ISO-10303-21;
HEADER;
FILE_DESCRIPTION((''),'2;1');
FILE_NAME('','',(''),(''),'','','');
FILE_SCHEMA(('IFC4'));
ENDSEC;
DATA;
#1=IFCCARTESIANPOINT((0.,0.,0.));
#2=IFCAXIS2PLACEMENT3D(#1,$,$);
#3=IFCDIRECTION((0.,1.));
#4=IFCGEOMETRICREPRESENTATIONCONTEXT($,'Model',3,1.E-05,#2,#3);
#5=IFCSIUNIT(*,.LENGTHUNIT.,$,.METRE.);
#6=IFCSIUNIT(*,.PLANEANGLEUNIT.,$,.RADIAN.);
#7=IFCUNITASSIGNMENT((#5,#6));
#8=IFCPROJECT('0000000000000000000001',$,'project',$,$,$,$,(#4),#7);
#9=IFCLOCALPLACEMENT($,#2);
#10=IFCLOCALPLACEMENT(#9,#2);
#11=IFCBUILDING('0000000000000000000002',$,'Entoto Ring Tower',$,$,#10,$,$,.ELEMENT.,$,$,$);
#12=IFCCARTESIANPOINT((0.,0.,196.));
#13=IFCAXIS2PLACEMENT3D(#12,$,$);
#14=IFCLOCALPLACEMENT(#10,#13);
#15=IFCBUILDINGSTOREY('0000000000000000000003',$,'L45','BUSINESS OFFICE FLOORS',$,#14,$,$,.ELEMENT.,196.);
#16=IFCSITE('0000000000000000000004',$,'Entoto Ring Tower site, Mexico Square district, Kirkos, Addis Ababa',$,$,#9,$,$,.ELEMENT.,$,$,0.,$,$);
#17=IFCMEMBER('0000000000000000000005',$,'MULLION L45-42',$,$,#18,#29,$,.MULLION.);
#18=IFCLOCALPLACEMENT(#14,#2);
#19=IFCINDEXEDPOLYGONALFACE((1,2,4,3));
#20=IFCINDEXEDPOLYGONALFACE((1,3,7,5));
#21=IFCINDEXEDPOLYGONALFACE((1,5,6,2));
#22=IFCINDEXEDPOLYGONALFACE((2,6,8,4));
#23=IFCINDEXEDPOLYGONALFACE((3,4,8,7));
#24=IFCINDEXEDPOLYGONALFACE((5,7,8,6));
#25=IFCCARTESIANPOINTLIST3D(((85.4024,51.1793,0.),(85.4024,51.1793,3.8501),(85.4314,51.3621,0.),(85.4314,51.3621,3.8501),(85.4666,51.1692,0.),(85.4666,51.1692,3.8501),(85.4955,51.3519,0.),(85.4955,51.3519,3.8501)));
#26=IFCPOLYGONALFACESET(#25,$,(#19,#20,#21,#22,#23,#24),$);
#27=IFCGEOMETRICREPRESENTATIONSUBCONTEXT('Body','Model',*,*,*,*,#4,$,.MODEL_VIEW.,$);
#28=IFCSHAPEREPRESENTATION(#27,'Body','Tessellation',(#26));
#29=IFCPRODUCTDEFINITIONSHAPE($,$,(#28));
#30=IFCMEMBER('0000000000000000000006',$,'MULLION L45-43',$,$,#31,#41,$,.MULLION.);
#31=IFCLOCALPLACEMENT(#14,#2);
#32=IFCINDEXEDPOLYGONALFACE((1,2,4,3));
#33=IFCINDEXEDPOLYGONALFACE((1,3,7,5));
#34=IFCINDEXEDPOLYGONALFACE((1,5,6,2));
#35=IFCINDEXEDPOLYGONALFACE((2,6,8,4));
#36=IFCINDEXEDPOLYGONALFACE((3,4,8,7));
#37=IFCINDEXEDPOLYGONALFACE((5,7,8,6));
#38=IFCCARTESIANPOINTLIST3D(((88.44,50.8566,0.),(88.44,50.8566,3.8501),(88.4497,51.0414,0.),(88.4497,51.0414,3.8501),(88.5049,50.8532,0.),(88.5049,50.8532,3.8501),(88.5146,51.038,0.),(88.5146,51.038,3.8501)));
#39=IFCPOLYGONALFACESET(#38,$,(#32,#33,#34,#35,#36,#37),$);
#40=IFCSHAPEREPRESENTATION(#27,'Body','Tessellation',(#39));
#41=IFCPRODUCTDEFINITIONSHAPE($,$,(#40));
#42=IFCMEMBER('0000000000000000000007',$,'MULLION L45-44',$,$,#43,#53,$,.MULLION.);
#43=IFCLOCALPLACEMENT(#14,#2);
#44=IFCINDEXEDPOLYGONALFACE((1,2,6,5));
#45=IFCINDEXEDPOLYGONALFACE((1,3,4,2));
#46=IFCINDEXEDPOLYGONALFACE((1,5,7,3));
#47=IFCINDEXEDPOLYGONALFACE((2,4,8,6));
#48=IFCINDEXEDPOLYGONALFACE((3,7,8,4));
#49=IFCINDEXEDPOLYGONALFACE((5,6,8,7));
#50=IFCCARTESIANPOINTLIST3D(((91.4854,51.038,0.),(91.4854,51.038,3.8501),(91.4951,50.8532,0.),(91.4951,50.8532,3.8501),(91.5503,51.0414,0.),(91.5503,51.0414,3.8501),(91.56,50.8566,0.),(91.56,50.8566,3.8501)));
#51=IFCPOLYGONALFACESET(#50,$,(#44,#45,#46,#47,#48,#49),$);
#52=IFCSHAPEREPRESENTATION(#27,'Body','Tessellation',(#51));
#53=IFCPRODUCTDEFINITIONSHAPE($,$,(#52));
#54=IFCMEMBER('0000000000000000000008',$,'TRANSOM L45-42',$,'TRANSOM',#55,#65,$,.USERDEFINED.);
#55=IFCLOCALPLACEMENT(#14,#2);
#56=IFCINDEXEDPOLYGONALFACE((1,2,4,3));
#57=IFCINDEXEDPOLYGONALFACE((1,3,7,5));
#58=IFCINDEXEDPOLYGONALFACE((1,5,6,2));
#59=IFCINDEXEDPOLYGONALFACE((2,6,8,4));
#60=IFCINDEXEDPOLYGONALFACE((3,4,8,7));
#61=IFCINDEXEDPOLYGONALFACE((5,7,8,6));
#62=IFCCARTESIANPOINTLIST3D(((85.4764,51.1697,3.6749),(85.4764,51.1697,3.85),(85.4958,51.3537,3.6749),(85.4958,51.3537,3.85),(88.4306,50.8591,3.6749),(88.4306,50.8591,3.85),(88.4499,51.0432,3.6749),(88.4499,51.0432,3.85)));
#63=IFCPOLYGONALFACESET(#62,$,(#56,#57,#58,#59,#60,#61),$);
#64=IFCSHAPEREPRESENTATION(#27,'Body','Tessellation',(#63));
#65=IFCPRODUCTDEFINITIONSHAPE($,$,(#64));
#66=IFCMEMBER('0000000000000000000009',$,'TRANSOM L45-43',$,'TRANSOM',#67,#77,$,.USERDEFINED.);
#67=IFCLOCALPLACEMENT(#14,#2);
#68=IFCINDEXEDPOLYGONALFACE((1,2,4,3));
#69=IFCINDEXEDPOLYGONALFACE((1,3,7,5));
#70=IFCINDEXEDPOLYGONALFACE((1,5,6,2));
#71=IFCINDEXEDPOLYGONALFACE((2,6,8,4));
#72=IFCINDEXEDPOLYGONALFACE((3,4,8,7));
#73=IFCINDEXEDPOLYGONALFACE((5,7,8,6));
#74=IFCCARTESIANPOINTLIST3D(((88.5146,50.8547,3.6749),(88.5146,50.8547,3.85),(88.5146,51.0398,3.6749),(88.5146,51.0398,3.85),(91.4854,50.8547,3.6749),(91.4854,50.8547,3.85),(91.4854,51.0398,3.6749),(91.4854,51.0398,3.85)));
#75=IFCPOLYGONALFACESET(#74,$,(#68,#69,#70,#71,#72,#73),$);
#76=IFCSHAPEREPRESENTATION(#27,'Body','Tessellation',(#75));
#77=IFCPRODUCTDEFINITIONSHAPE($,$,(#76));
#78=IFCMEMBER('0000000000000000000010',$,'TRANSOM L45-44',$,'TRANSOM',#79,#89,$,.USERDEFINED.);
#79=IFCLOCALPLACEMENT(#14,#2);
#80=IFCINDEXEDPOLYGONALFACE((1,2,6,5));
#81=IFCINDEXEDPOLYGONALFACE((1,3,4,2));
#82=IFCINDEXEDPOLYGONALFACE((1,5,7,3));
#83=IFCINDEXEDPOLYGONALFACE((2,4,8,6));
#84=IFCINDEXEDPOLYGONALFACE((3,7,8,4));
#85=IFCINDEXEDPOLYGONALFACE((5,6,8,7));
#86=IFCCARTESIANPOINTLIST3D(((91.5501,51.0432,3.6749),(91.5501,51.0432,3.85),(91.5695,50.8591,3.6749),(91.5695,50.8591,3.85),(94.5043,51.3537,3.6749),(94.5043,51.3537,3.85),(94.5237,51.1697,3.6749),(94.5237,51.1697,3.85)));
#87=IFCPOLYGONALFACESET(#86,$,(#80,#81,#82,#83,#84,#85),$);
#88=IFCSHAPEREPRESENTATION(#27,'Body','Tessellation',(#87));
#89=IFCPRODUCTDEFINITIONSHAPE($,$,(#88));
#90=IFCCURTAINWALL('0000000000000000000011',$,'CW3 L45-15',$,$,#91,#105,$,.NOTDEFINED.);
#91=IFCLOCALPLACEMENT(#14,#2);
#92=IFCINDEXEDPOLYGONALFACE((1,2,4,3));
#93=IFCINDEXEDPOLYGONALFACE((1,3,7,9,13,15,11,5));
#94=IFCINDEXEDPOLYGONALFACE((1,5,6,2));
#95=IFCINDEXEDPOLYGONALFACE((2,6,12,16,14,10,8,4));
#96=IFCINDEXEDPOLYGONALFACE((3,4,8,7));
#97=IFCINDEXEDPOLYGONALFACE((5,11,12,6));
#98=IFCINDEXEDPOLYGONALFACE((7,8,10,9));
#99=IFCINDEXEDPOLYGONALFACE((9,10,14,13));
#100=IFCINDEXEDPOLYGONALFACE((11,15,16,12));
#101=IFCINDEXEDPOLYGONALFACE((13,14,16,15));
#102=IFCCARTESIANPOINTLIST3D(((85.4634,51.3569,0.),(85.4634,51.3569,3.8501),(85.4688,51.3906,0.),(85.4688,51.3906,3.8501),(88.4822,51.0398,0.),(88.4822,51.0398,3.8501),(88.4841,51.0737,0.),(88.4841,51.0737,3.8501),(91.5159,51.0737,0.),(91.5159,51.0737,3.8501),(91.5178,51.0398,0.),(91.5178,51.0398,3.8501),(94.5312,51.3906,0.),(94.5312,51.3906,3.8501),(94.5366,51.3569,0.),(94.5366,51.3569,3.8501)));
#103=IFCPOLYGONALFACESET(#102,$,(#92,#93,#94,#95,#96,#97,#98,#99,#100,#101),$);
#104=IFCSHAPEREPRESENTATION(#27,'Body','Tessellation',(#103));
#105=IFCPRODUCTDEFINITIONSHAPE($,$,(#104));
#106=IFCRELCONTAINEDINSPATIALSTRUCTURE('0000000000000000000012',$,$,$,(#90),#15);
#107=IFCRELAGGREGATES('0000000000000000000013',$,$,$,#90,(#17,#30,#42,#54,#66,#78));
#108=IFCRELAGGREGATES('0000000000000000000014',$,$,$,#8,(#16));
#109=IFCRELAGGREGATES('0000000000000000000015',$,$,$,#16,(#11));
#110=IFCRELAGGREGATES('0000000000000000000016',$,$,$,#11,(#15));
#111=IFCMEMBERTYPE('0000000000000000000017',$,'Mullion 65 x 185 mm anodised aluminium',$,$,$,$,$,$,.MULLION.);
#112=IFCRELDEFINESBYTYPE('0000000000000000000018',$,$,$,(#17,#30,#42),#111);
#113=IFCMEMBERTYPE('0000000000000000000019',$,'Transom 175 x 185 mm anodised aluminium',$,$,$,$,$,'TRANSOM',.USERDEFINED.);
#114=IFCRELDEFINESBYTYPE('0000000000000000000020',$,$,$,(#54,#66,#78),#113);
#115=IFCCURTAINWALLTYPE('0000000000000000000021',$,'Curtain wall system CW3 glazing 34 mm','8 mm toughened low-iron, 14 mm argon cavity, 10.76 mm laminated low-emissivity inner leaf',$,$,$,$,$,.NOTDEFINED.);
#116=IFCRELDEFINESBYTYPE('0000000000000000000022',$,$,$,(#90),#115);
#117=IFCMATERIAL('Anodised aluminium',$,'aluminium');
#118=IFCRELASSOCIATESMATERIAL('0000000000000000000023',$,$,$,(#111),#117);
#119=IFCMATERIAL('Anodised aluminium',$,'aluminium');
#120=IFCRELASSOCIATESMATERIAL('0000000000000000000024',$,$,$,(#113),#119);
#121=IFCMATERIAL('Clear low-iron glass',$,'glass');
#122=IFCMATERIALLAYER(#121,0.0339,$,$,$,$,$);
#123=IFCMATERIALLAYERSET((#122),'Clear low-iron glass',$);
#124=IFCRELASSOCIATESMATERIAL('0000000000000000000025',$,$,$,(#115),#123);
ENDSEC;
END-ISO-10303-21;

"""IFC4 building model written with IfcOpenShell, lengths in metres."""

from ifc_helpers import new_model, si_unit, direction, frame, origin, origin_2d, place, context, subcontext, project, spatial, polyline, rectangle, outline, extrude, material, layer, layer_set, material_profile, profile_set, type_object, element, aggregate, save


model = new_model("IFC4")

# Units and contexts
model_context = context("Model", 3, precision=1e-05, world=origin(), true_north=direction((0.0, 1.0)))
body_context = subcontext(model_context, "Body", "Model", "MODEL_VIEW")
ifc_project = project(units=[si_unit("LENGTHUNIT", "METRE"), si_unit("PLANEANGLEUNIT", "RADIAN")], contexts=[model_context])

# Members
ifc_material_1 = material(Name="Anodised aluminium", Category="aluminium")
ifc_material_profile_1 = material_profile(ifc_material_1, rectangle(XDim=0.0649, YDim=0.1851, at=origin_2d()), Name="Mullion 65 x 185 mm anodised aluminium")
ifc_profile_set_1 = profile_set([ifc_material_profile_1], Name="Anodised aluminium")
member_type_1 = type_object("IfcMemberType", Name="Mullion 65 x 185 mm anodised aluminium", PredefinedType="MULLION", material=ifc_profile_set_1)
site_placement = place(None, origin())
building_placement = place(site_placement, origin())
storey_placement = place(building_placement, frame((0.0, 0.0, 196.0)))
member_1_placement = place(storey_placement, frame((85.449, 51.2656, 0.0), z_axis=(0.0, 0.0, 1.0), x_axis=(0.987688, -0.156434, 0.0)))
member_1 = element("IfcMember", 1, at=member_1_placement, type_object=member_type_1, Name="MULLION L45-42", PredefinedType="MULLION", context=body_context, shape_type="SweptSolid", body=[
    extrude(rectangle(XDim=0.0649, YDim=0.1851, at=origin_2d()), origin(), (0.0, 0.0, 1.0), 3.8501),
])
member_2_placement = place(storey_placement, frame((88.4773, 50.9473, 0.0), z_axis=(0.0, 0.0, 1.0), x_axis=(0.99863, -0.052336, 0.0)))
member_2 = element("IfcMember", 2, at=member_2_placement, type_object=member_type_1, Name="MULLION L45-43", PredefinedType="MULLION", context=body_context, shape_type="SweptSolid", body=[
    extrude(rectangle(XDim=0.0649, YDim=0.1851, at=origin_2d()), origin(), (0.0, 0.0, 1.0), 3.8501),
])
member_3_placement = place(storey_placement, frame((91.5227, 50.9473, 0.0), z_axis=(0.0, 0.0, 1.0), x_axis=(0.99863, 0.052336, 0.0)))
member_3 = element("IfcMember", 3, at=member_3_placement, type_object=member_type_1, Name="MULLION L45-44", PredefinedType="MULLION", context=body_context, shape_type="SweptSolid", body=[
    extrude(rectangle(XDim=0.0649, YDim=0.1851, at=origin_2d()), origin(), (0.0, 0.0, 1.0), 3.8501),
])
ifc_material_2 = material(Name="Anodised aluminium", Category="aluminium")
ifc_material_profile_2 = material_profile(ifc_material_2, rectangle(XDim=0.1851, YDim=0.175, at=origin_2d()), Name="Transom 175 x 185 mm anodised aluminium")
ifc_profile_set_2 = profile_set([ifc_material_profile_2], Name="Anodised aluminium")
member_type_2 = type_object("IfcMemberType", Name="Transom 175 x 185 mm anodised aluminium", ElementType="TRANSOM", PredefinedType="USERDEFINED", material=ifc_profile_set_2)
member_4_placement = place(storey_placement, frame((85.4861, 51.2617, 3.7625), z_axis=(0.99452, -0.104548, 0.0), x_axis=(0.104548, 0.99452, 0.0)))
member_4 = element("IfcMember", 4, at=member_4_placement, type_object=member_type_2, Name="TRANSOM L45-42", ObjectType="TRANSOM", PredefinedType="USERDEFINED", context=body_context, shape_type="SweptSolid", body=[
    extrude(rectangle(XDim=0.1851, YDim=0.175, at=origin_2d()), origin(), (0.0, 0.0, 1.0), 2.9705),
])
member_5_placement = place(storey_placement, frame((88.5146, 50.9473, 3.7625), z_axis=(1.0, 0.0, 0.0), x_axis=(0.0, 1.0, 0.0)))
member_5 = element("IfcMember", 5, at=member_5_placement, type_object=member_type_2, Name="TRANSOM L45-43", ObjectType="TRANSOM", PredefinedType="USERDEFINED", context=body_context, shape_type="SweptSolid", body=[
    extrude(rectangle(XDim=0.1851, YDim=0.175, at=origin_2d()), origin(), (0.0, 0.0, 1.0), 2.9707),
])
member_6_placement = place(storey_placement, frame((91.5598, 50.9512, 3.7625), z_axis=(0.99452, 0.104548, 0.0), x_axis=(-0.104548, 0.99452, 0.0)))
member_6 = element("IfcMember", 6, at=member_6_placement, type_object=member_type_2, Name="TRANSOM L45-44", ObjectType="TRANSOM", PredefinedType="USERDEFINED", context=body_context, shape_type="SweptSolid", body=[
    extrude(rectangle(XDim=0.1851, YDim=0.175, at=origin_2d()), origin(), (0.0, 0.0, 1.0), 2.9705),
])

# Site, building, storey
site = spatial("IfcSite", under=ifc_project, at=site_placement, Name="Entoto Ring Tower site, Mexico Square district, Kirkos, Addis Ababa", CompositionType="ELEMENT", RefElevation=0.0)
building = spatial("IfcBuilding", under=site, at=building_placement, Name="Entoto Ring Tower", CompositionType="ELEMENT")
storey = spatial("IfcBuildingStorey", under=building, at=storey_placement, Name="L45", Description="BUSINESS OFFICE FLOORS", CompositionType="ELEMENT", Elevation=196.0)

# Curtain wall
ifc_material_3 = material(Name="Clear low-iron glass", Category="glass")
ifc_layer = layer(ifc_material_3, 0.0339)
ifc_layer_set = layer_set([ifc_layer], Name="Clear low-iron glass")
curtain_wall_type = type_object("IfcCurtainWallType", Name="Curtain wall system CW3 glazing 34 mm", Description="8 mm toughened low-iron, 14 mm argon cavity, 10.76 mm laminated low-emissivity inner leaf", PredefinedType="NOTDEFINED", material=ifc_layer_set)
curtain_wall_1_placement = place(storey_placement, origin())
curtain_wall_1 = element("IfcCurtainWall", 7, at=curtain_wall_1_placement, inside=storey, type_object=curtain_wall_type, Name="CW3 L45-15", PredefinedType="NOTDEFINED", context=body_context, shape_type="SweptSolid", body=[
    extrude(outline(polyline([(85.4634, 51.3569), (88.4822, 51.0398), (91.5178, 51.0398), (94.5366, 51.3569), (94.5312, 51.3906), (91.5159, 51.0737), (88.4841, 51.0737), (85.4688, 51.3906), (85.4634, 51.3569)])), origin(), (0.0, 0.0, 1.0), 3.8501),
])
aggregate(curtain_wall_1, [member_1, member_2, member_3, member_4, member_5, member_6])

save(model, "model.ifc")
